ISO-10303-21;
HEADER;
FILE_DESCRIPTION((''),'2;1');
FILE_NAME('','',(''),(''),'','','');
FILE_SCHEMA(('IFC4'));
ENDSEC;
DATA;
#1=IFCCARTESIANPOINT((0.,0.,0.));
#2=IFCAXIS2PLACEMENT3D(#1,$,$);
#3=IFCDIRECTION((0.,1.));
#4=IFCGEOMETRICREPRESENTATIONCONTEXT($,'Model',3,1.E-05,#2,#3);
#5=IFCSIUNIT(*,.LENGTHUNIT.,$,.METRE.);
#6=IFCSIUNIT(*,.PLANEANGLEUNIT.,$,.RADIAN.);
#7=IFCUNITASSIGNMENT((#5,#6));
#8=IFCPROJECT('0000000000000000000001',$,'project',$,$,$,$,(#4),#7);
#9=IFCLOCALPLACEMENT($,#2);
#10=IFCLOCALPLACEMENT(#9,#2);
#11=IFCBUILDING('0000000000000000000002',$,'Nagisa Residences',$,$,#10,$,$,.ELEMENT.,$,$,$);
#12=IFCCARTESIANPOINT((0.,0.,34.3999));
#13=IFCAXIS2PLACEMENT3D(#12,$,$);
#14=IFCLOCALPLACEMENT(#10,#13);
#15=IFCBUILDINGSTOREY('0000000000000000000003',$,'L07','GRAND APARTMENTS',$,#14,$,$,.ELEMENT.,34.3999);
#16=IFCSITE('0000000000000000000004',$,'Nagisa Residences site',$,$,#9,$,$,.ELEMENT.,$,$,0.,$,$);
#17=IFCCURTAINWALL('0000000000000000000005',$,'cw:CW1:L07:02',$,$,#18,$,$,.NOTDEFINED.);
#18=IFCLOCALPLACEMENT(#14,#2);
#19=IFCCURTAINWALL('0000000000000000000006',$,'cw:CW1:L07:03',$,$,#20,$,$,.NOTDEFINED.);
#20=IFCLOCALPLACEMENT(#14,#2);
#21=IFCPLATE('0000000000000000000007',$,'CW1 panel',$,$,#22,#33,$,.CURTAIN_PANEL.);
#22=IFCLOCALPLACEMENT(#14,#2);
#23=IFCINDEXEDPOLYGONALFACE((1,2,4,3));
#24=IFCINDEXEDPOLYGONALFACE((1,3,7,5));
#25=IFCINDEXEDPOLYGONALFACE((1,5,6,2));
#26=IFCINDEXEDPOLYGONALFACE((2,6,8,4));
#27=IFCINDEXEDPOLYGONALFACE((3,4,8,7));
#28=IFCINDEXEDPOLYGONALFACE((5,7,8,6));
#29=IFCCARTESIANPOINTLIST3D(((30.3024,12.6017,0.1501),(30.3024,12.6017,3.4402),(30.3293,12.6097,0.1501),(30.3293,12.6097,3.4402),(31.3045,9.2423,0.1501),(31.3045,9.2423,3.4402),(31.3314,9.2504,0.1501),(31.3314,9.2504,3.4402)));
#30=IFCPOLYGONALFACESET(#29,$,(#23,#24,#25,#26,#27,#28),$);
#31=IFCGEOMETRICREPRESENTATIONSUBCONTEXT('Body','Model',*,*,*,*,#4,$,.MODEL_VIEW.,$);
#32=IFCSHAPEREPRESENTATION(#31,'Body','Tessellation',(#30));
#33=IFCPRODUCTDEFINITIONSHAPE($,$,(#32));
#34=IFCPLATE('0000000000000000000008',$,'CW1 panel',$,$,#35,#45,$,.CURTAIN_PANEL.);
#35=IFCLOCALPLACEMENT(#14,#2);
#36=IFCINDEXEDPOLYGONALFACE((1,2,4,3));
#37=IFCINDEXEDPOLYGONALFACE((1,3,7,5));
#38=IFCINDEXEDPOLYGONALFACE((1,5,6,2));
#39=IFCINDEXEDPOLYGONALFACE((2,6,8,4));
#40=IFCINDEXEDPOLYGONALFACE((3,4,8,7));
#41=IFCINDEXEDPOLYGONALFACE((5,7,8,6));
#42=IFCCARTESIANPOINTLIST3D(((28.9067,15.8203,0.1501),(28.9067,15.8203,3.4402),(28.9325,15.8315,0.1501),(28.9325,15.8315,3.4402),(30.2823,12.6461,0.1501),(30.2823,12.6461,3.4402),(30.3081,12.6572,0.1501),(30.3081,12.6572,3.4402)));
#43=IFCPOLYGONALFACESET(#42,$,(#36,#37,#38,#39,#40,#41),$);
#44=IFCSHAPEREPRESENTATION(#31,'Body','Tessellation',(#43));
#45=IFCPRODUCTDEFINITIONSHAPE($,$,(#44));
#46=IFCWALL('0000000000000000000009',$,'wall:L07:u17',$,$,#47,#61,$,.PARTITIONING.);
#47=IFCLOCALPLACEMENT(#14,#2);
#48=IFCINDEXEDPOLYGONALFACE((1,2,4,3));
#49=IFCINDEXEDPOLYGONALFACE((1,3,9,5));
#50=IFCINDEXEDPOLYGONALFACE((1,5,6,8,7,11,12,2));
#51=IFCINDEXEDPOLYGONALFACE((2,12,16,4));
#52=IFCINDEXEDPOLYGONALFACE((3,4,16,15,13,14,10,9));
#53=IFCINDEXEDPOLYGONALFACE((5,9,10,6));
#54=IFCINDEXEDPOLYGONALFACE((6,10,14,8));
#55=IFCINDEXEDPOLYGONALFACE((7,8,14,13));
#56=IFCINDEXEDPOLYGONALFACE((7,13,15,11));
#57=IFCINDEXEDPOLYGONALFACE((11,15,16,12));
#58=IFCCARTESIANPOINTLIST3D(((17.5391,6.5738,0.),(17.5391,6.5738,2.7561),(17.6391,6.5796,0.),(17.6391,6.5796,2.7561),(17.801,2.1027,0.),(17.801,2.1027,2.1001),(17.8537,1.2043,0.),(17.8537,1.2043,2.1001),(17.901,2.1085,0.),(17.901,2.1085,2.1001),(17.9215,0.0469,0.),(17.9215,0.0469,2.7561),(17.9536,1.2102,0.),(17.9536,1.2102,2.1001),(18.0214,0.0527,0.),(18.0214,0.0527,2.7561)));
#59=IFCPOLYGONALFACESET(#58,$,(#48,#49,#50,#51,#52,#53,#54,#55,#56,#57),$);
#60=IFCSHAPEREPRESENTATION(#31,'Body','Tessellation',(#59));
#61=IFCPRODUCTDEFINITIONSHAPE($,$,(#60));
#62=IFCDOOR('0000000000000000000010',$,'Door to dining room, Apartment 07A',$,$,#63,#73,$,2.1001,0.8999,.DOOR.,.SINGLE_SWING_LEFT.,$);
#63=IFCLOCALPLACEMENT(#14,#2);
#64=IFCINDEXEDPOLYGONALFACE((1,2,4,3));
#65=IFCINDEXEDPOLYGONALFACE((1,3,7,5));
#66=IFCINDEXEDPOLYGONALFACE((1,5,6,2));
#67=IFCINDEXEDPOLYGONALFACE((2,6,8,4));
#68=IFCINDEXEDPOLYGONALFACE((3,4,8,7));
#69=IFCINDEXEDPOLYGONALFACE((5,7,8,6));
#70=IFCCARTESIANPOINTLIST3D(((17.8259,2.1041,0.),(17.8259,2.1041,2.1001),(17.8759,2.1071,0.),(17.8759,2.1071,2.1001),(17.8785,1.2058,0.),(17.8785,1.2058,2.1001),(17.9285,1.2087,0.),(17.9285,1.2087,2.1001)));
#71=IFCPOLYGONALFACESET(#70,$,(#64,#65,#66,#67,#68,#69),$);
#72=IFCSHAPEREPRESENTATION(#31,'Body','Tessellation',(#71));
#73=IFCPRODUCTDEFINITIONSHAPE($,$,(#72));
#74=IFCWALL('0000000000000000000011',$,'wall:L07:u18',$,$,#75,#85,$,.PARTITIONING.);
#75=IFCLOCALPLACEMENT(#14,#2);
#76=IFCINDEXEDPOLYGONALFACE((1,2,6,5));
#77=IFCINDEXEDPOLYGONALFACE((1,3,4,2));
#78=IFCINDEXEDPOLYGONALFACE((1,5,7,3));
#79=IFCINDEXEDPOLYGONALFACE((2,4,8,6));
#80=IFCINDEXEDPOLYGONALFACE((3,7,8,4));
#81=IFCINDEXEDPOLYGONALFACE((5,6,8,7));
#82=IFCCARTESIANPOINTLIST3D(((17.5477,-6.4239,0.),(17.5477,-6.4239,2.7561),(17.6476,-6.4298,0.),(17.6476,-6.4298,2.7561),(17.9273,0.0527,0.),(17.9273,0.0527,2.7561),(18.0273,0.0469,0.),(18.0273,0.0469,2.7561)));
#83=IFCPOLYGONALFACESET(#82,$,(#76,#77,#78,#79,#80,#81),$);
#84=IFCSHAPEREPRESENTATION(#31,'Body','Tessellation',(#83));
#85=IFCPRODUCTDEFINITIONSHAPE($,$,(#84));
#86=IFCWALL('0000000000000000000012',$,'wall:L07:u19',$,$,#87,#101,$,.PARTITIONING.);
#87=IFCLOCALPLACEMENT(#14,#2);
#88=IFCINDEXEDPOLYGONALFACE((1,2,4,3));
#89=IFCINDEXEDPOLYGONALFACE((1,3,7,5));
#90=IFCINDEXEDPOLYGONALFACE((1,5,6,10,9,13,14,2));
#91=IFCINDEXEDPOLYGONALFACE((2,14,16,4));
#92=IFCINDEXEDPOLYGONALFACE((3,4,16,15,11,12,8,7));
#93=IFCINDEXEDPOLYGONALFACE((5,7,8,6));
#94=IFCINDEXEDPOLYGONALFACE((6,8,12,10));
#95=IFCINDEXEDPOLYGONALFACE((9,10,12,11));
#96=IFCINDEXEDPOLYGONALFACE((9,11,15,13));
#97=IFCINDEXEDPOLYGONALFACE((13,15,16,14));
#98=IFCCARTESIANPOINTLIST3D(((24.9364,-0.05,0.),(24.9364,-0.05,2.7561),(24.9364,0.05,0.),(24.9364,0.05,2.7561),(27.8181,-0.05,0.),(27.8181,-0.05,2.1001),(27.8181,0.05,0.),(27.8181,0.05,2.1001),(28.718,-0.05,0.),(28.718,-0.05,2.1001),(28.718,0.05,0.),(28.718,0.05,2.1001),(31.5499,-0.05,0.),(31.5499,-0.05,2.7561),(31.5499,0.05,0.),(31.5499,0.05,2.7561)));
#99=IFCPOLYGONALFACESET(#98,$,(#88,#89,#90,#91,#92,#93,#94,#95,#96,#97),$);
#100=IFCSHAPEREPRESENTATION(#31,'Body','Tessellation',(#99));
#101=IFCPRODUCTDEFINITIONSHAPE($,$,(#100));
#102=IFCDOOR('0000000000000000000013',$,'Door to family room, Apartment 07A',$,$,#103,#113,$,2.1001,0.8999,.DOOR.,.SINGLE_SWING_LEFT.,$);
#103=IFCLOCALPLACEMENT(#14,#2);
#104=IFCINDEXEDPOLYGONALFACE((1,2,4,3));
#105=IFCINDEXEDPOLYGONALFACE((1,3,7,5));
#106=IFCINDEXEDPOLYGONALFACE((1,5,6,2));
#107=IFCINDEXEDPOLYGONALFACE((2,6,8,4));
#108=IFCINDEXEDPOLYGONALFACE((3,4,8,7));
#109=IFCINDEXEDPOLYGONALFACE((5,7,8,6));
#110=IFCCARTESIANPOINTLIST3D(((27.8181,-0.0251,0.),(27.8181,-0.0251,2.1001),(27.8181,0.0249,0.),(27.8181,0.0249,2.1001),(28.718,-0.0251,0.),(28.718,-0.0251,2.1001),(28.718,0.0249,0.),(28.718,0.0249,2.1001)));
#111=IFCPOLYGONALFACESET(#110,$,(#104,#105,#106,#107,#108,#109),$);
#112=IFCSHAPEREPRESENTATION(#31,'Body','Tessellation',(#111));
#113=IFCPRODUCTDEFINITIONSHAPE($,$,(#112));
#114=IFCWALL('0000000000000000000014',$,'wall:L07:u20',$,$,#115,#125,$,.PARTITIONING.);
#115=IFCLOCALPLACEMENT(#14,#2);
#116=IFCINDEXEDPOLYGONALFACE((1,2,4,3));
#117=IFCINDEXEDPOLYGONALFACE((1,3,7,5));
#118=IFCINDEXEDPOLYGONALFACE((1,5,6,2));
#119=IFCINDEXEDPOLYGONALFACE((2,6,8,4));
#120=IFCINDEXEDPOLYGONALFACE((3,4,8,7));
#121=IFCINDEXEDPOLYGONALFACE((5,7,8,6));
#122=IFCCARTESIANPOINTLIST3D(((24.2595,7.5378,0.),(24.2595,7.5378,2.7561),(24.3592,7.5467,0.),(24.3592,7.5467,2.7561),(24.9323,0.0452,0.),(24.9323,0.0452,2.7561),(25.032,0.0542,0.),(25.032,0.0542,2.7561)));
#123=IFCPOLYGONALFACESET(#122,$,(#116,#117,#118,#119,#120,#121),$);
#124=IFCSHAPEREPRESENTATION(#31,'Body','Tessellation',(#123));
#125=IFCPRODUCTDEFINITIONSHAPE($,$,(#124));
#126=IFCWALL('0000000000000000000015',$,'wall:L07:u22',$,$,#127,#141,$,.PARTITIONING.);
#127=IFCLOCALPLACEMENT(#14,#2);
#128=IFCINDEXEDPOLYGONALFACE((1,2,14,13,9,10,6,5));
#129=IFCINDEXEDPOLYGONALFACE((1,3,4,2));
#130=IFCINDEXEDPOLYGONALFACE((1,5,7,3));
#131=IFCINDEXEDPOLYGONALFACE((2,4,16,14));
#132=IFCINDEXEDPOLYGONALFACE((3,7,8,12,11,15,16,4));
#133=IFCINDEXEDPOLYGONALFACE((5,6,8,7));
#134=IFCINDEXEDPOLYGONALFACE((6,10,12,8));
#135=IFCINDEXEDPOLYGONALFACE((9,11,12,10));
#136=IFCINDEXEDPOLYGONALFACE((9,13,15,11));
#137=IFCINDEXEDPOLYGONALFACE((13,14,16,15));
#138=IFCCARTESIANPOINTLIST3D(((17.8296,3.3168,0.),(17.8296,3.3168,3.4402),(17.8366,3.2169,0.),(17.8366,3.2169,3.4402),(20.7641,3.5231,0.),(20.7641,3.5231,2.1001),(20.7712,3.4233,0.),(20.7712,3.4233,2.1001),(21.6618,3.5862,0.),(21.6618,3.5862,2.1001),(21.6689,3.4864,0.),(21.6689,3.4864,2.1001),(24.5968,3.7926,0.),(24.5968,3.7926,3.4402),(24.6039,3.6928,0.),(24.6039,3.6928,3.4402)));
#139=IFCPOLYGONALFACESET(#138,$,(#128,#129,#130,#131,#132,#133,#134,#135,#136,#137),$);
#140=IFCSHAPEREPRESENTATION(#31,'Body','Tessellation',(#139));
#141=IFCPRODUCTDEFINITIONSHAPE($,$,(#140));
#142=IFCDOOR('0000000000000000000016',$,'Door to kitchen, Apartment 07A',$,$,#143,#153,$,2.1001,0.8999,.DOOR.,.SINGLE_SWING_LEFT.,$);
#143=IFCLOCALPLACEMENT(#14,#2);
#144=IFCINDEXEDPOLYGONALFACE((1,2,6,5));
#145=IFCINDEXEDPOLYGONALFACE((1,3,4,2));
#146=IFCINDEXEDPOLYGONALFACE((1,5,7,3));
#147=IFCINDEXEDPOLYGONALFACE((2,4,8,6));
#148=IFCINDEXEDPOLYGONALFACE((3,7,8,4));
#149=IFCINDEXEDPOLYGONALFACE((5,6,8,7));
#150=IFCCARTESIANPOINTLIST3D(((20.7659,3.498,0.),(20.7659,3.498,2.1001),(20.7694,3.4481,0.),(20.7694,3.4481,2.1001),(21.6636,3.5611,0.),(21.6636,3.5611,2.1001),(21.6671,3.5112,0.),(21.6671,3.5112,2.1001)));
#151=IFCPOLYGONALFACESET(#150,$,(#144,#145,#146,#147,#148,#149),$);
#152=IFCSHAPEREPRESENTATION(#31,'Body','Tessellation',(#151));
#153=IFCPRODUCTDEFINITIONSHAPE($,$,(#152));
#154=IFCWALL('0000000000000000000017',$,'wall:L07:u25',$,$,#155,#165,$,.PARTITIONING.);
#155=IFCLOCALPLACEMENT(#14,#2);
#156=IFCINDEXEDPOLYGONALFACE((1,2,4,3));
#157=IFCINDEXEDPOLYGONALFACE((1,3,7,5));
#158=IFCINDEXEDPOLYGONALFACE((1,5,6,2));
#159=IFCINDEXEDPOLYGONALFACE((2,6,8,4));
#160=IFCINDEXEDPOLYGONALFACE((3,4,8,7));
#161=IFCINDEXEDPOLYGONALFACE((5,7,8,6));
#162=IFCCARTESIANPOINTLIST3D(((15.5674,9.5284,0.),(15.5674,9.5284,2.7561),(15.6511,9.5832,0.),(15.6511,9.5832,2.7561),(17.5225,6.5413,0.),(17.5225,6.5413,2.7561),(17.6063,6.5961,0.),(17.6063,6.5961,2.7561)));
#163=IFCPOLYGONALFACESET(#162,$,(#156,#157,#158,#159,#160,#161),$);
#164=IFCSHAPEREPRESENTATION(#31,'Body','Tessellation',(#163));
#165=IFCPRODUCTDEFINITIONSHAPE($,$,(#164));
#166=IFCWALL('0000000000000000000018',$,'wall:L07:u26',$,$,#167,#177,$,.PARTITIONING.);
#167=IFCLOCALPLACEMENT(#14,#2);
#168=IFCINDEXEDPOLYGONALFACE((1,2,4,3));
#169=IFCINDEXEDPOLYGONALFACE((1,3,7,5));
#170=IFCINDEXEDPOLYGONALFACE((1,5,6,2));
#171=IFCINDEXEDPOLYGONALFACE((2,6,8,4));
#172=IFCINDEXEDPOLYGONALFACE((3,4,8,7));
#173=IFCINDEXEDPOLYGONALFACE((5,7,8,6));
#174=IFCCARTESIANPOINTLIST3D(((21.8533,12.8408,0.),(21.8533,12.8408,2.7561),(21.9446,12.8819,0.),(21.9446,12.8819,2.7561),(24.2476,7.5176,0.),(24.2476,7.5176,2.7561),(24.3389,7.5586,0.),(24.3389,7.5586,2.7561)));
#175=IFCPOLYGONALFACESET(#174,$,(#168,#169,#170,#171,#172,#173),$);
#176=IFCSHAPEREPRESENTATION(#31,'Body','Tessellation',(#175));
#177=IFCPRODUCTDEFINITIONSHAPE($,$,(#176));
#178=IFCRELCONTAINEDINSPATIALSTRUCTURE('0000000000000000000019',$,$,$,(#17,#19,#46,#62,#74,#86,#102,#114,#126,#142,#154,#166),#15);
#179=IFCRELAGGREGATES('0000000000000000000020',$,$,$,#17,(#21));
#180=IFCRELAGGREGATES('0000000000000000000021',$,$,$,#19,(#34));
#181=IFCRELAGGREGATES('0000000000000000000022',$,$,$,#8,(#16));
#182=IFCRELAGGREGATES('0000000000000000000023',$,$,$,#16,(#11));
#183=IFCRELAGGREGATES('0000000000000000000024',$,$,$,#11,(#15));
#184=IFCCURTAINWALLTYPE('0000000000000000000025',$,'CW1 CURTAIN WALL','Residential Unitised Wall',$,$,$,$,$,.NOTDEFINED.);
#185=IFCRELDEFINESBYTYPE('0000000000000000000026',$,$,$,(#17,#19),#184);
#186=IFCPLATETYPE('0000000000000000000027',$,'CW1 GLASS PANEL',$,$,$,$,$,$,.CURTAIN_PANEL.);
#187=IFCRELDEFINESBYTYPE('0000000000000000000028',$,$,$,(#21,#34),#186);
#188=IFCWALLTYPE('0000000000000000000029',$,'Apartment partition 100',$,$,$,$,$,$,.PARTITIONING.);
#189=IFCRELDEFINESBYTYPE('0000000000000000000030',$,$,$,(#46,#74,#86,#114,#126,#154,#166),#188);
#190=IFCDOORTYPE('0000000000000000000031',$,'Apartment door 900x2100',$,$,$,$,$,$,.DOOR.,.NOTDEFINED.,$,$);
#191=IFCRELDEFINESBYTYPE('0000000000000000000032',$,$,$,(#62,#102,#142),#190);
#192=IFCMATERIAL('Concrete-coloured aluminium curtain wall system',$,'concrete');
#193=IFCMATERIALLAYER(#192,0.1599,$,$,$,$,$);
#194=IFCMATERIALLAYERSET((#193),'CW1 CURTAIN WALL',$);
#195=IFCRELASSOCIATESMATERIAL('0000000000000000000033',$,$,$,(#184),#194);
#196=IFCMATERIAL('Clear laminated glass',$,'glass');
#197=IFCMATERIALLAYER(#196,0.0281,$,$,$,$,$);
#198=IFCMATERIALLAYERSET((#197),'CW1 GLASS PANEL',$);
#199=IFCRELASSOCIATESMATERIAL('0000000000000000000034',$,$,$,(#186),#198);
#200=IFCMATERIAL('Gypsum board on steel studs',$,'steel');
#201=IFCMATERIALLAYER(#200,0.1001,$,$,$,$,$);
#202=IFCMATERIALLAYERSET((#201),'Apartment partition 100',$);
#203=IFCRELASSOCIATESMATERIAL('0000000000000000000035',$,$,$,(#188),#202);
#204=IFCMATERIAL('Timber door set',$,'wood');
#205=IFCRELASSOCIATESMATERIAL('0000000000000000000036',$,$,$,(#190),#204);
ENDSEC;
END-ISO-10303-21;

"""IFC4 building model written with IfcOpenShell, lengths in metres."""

from ifc_helpers import new_model, si_unit, direction, frame, frame_2d, origin, origin_2d, place, context, subcontext, project, spatial, rectangle, extrude, material, layer, layer_set, type_object, element, fill, aggregate, save


model = new_model("IFC4")

# Units and contexts
model_context = context("Model", 3, precision=1e-05, world=origin(), true_north=direction((0.0, 1.0)))
body_context = subcontext(model_context, "Body", "Model", "MODEL_VIEW")
ifc_project = project(units=[si_unit("LENGTHUNIT", "METRE"), si_unit("PLANEANGLEUNIT", "RADIAN")], contexts=[model_context])

# Site, building, storey
site_placement = place(None, origin())
site = spatial("IfcSite", under=ifc_project, at=site_placement, Name="Nagisa Residences site", CompositionType="ELEMENT", RefElevation=0.0)
building_placement = place(site_placement, origin())
building = spatial("IfcBuilding", under=site, at=building_placement, Name="Nagisa Residences", CompositionType="ELEMENT")
storey_placement = place(building_placement, frame((0.0, 0.0, 34.3999)))
storey = spatial("IfcBuildingStorey", under=building, at=storey_placement, Name="L07", Description="GRAND APARTMENTS", CompositionType="ELEMENT", Elevation=34.3999)

# Curtain walls
ifc_material_1 = material(Name="Concrete-coloured aluminium curtain wall system", Category="concrete")
ifc_layer_1 = layer(ifc_material_1, 0.1599)
ifc_layer_set_1 = layer_set([ifc_layer_1], Name="CW1 CURTAIN WALL")
curtain_wall_type = type_object("IfcCurtainWallType", Name="CW1 CURTAIN WALL", Description="Residential Unitised Wall", PredefinedType="NOTDEFINED", material=ifc_layer_set_1)
curtain_wall_1_placement = place(storey_placement, origin())
curtain_wall_1 = element("IfcCurtainWall", 1, at=curtain_wall_1_placement, inside=storey, type_object=curtain_wall_type, Name="cw:CW1:L07:02", PredefinedType="NOTDEFINED")
curtain_wall_2_placement = place(storey_placement, origin())
curtain_wall_2 = element("IfcCurtainWall", 2, at=curtain_wall_2_placement, inside=storey, type_object=curtain_wall_type, Name="cw:CW1:L07:03", PredefinedType="NOTDEFINED")

# Plates
ifc_material_2 = material(Name="Clear laminated glass", Category="glass")
ifc_layer_2 = layer(ifc_material_2, 0.0281)
ifc_layer_set_2 = layer_set([ifc_layer_2], Name="CW1 GLASS PANEL")
plate_type = type_object("IfcPlateType", Name="CW1 GLASS PANEL", PredefinedType="CURTAIN_PANEL", material=ifc_layer_set_2)
plate_1_placement = place(storey_placement, frame((30.8169, 10.926, 0.1501), z_axis=(0.0, 0.0, 1.0), x_axis=(-0.28586, 0.958271, 0.0)))
plate_1 = element("IfcPlate", 3, at=plate_1_placement, type_object=plate_type, Name="CW1 panel", PredefinedType="CURTAIN_PANEL", context=body_context, shape_type="SweptSolid", body=[
    extrude(rectangle(XDim=3.5056, YDim=0.0281, at=origin_2d()), origin(), (0.0, 0.0, 1.0), 3.29),
])
aggregate(curtain_wall_1, [plate_1])
plate_2_placement = place(storey_placement, frame((29.6074, 14.2388, 0.1501), z_axis=(0.0, 0.0, 1.0), x_axis=(-0.397636, 0.917543, 0.0)))
plate_2 = element("IfcPlate", 4, at=plate_2_placement, type_object=plate_type, Name="CW1 panel", PredefinedType="CURTAIN_PANEL", context=body_context, shape_type="SweptSolid", body=[
    extrude(rectangle(XDim=3.4595, YDim=0.0281, at=origin_2d()), origin(), (0.0, 0.0, 1.0), 3.29),
])
aggregate(curtain_wall_2, [plate_2])

# Wall, opening, door
ifc_material_3 = material(Name="Gypsum board on steel studs", Category="steel")
ifc_layer_3 = layer(ifc_material_3, 0.1001)
ifc_layer_set_3 = layer_set([ifc_layer_3], Name="Apartment partition 100")
wall_type_1 = type_object("IfcWallType", Name="Apartment partition 100", PredefinedType="PARTITIONING", material=ifc_layer_set_3)
wall_1_placement = place(storey_placement, frame((17.9714, 0.0498, 0.0), z_axis=(0.0, 0.0, 1.0), x_axis=(-0.058477, 0.998289, 0.0)))
wall_1 = element("IfcWall", 5, at=wall_1_placement, inside=storey, type_object=wall_type_1, Name="wall:L07:u17", PredefinedType="PARTITIONING", context=body_context, shape_type="SweptSolid", body=[
    extrude(rectangle(XDim=6.5381, YDim=0.1001, at=frame_2d((3.269, 0.0))), origin(), (0.0, 0.0, 1.0), 2.7561),
])
opening_1_placement = place(wall_1_placement, frame((1.1594, 0.0, 0.0)))
opening_1 = element("IfcOpeningElement", 6, at=opening_1_placement, cuts=wall_1, PredefinedType="OPENING", context=body_context, shape_type="SweptSolid", body=[
    extrude(rectangle(XDim=0.8999, YDim=2.1001, at=frame_2d((0.45, 1.05))), frame((0.0, 0.0601, 0.0), z_axis=(0.0, -1.0, 0.0), x_axis=(1.0, 0.0, 0.0)), (0.0, 0.0, 1.0), 0.1201),
])
ifc_material_4 = material(Name="Timber door set", Category="wood")
door_type_1 = type_object("IfcDoorType", Name="Apartment door 900x2100", OperationType="NOTDEFINED", PredefinedType="DOOR", material=ifc_material_4)
door_1_placement = place(opening_1_placement, frame((0.8999, 0.0, 0.0), x_axis=(-1.0, 0.0, 0.0)))
door_1 = element("IfcDoor", 7, at=door_1_placement, inside=storey, type_object=door_type_1, Name="Door to dining room, Apartment 07A", OperationType="SINGLE_SWING_LEFT", OverallHeight=2.1001, OverallWidth=0.8999, PredefinedType="DOOR", context=body_context, shape_type="SweptSolid", body=[
    extrude(rectangle(XDim=0.8999, YDim=2.1001, at=frame_2d((0.45, 1.05))), frame((0.0, 0.0249, 0.0), z_axis=(0.0, -1.0, 0.0), x_axis=(1.0, 0.0, 0.0)), (0.0, 0.0, 1.0), 0.05),
])
fill(opening_1, door_1)

# Wall
wall_2_placement = place(storey_placement, frame((17.9773, 0.0498, 0.0), z_axis=(0.0, 0.0, 1.0), x_axis=(-0.058517, -0.998286, 0.0)))
element("IfcWall", 8, at=wall_2_placement, inside=storey, type_object=wall_type_1, Name="wall:L07:u18", PredefinedType="PARTITIONING", context=body_context, shape_type="SweptSolid", body=[
    extrude(rectangle(XDim=6.4878, YDim=0.1001, at=frame_2d((3.2439, 0.0))), origin(), (0.0, 0.0, 1.0), 2.7561),
])

# Wall, opening, door
wall_3_placement = place(storey_placement, frame((24.9365, 0.0, 0.0), z_axis=(0.0, 0.0, 1.0), x_axis=(1.0, 0.0, 0.0)))
wall_3 = element("IfcWall", 9, at=wall_3_placement, inside=storey, type_object=wall_type_1, Name="wall:L07:u19", PredefinedType="PARTITIONING", context=body_context, shape_type="SweptSolid", body=[
    extrude(rectangle(XDim=6.6135, YDim=0.1001, at=frame_2d((3.3066, 0.0))), origin(), (0.0, 0.0, 1.0), 2.7561),
])
opening_2_placement = place(wall_3_placement, frame((2.8816, 0.0, 0.0)))
opening_2 = element("IfcOpeningElement", 10, at=opening_2_placement, cuts=wall_3, PredefinedType="OPENING", context=body_context, shape_type="SweptSolid", body=[
    extrude(rectangle(XDim=0.8999, YDim=2.1001, at=frame_2d((0.45, 1.05))), frame((0.0, 0.0601, 0.0), z_axis=(0.0, -1.0, 0.0), x_axis=(1.0, 0.0, 0.0)), (0.0, 0.0, 1.0), 0.1201),
])
door_2_placement = place(opening_2_placement, origin())
door_2 = element("IfcDoor", 11, at=door_2_placement, inside=storey, type_object=door_type_1, Name="Door to family room, Apartment 07A", OperationType="SINGLE_SWING_LEFT", OverallHeight=2.1001, OverallWidth=0.8999, PredefinedType="DOOR", context=body_context, shape_type="SweptSolid", body=[
    extrude(rectangle(XDim=0.8999, YDim=2.1001, at=frame_2d((0.45, 1.05))), frame((0.0, 0.0249, 0.0), z_axis=(0.0, -1.0, 0.0), x_axis=(1.0, 0.0, 0.0)), (0.0, 0.0, 1.0), 0.05),
])
fill(opening_2, door_2)

# Wall
wall_4_placement = place(storey_placement, frame((24.9822, 0.0498, 0.0), z_axis=(0.0, 0.0, 1.0), x_axis=(-0.089444, 0.995992, 0.0)))
element("IfcWall", 12, at=wall_4_placement, inside=storey, type_object=wall_type_1, Name="wall:L07:u20", PredefinedType="PARTITIONING", context=body_context, shape_type="SweptSolid", body=[
    extrude(rectangle(XDim=7.5227, YDim=0.1001, at=frame_2d((3.7612, 0.0))), origin(), (0.0, 0.0, 1.0), 2.7561),
])

# Wall, opening, door
wall_5_placement = place(storey_placement, frame((17.833, 3.2668, 0.0), z_axis=(0.0, 0.0, 1.0), x_axis=(0.997537, 0.07014, 0.0)))
wall_5 = element("IfcWall", 13, at=wall_5_placement, inside=storey, type_object=wall_type_1, Name="wall:L07:u22", PredefinedType="PARTITIONING", context=body_context, shape_type="SweptSolid", body=[
    extrude(rectangle(XDim=6.7839, YDim=0.1001, at=frame_2d((3.3921, 0.0))), origin(), (0.0, 0.0, 1.0), 3.4402),
])
opening_3_placement = place(wall_5_placement, frame((2.9419, 0.0, 0.0)))
opening_3 = element("IfcOpeningElement", 14, at=opening_3_placement, cuts=wall_5, PredefinedType="OPENING", context=body_context, shape_type="SweptSolid", body=[
    extrude(rectangle(XDim=0.8999, YDim=2.1001, at=frame_2d((0.45, 1.05))), frame((0.0, 0.0601, 0.0), z_axis=(0.0, -1.0, 0.0), x_axis=(1.0, 0.0, 0.0)), (0.0, 0.0, 1.0), 0.1201),
])
door_3_placement = place(opening_3_placement, origin())
door_3 = element("IfcDoor", 15, at=door_3_placement, inside=storey, type_object=door_type_1, Name="Door to kitchen, Apartment 07A", OperationType="SINGLE_SWING_LEFT", OverallHeight=2.1001, OverallWidth=0.8999, PredefinedType="DOOR", context=body_context, shape_type="SweptSolid", body=[
    extrude(rectangle(XDim=0.8999, YDim=2.1001, at=frame_2d((0.45, 1.05))), frame((0.0, 0.0249, 0.0), z_axis=(0.0, -1.0, 0.0), x_axis=(1.0, 0.0, 0.0)), (0.0, 0.0, 1.0), 0.05),
])
fill(opening_3, door_3)

# Walls
wall_6_placement = place(storey_placement, frame((17.5645, 6.5686, 0.0), z_axis=(0.0, 0.0, 1.0), x_axis=(-0.547642, 0.836713, 0.0)))
element("IfcWall", 16, at=wall_6_placement, inside=storey, type_object=wall_type_1, Name="wall:L07:u25", PredefinedType="PARTITIONING", context=body_context, shape_type="SweptSolid", body=[
    extrude(rectangle(XDim=3.5701, YDim=0.1001, at=frame_2d((1.7852, 0.0))), origin(), (0.0, 0.0, 1.0), 2.7561),
])
wall_7_placement = place(storey_placement, frame((24.2932, 7.5381, 0.0), z_axis=(0.0, 0.0, 1.0), x_axis=(-0.410198, 0.911997, 0.0)))
element("IfcWall", 17, at=wall_7_placement, inside=storey, type_object=wall_type_1, Name="wall:L07:u26", PredefinedType="PARTITIONING", context=body_context, shape_type="SweptSolid", body=[
    extrude(rectangle(XDim=5.8369, YDim=0.1001, at=frame_2d((2.9185, 0.0))), origin(), (0.0, 0.0, 1.0), 2.7561),
])

save(model, "model.ifc")
